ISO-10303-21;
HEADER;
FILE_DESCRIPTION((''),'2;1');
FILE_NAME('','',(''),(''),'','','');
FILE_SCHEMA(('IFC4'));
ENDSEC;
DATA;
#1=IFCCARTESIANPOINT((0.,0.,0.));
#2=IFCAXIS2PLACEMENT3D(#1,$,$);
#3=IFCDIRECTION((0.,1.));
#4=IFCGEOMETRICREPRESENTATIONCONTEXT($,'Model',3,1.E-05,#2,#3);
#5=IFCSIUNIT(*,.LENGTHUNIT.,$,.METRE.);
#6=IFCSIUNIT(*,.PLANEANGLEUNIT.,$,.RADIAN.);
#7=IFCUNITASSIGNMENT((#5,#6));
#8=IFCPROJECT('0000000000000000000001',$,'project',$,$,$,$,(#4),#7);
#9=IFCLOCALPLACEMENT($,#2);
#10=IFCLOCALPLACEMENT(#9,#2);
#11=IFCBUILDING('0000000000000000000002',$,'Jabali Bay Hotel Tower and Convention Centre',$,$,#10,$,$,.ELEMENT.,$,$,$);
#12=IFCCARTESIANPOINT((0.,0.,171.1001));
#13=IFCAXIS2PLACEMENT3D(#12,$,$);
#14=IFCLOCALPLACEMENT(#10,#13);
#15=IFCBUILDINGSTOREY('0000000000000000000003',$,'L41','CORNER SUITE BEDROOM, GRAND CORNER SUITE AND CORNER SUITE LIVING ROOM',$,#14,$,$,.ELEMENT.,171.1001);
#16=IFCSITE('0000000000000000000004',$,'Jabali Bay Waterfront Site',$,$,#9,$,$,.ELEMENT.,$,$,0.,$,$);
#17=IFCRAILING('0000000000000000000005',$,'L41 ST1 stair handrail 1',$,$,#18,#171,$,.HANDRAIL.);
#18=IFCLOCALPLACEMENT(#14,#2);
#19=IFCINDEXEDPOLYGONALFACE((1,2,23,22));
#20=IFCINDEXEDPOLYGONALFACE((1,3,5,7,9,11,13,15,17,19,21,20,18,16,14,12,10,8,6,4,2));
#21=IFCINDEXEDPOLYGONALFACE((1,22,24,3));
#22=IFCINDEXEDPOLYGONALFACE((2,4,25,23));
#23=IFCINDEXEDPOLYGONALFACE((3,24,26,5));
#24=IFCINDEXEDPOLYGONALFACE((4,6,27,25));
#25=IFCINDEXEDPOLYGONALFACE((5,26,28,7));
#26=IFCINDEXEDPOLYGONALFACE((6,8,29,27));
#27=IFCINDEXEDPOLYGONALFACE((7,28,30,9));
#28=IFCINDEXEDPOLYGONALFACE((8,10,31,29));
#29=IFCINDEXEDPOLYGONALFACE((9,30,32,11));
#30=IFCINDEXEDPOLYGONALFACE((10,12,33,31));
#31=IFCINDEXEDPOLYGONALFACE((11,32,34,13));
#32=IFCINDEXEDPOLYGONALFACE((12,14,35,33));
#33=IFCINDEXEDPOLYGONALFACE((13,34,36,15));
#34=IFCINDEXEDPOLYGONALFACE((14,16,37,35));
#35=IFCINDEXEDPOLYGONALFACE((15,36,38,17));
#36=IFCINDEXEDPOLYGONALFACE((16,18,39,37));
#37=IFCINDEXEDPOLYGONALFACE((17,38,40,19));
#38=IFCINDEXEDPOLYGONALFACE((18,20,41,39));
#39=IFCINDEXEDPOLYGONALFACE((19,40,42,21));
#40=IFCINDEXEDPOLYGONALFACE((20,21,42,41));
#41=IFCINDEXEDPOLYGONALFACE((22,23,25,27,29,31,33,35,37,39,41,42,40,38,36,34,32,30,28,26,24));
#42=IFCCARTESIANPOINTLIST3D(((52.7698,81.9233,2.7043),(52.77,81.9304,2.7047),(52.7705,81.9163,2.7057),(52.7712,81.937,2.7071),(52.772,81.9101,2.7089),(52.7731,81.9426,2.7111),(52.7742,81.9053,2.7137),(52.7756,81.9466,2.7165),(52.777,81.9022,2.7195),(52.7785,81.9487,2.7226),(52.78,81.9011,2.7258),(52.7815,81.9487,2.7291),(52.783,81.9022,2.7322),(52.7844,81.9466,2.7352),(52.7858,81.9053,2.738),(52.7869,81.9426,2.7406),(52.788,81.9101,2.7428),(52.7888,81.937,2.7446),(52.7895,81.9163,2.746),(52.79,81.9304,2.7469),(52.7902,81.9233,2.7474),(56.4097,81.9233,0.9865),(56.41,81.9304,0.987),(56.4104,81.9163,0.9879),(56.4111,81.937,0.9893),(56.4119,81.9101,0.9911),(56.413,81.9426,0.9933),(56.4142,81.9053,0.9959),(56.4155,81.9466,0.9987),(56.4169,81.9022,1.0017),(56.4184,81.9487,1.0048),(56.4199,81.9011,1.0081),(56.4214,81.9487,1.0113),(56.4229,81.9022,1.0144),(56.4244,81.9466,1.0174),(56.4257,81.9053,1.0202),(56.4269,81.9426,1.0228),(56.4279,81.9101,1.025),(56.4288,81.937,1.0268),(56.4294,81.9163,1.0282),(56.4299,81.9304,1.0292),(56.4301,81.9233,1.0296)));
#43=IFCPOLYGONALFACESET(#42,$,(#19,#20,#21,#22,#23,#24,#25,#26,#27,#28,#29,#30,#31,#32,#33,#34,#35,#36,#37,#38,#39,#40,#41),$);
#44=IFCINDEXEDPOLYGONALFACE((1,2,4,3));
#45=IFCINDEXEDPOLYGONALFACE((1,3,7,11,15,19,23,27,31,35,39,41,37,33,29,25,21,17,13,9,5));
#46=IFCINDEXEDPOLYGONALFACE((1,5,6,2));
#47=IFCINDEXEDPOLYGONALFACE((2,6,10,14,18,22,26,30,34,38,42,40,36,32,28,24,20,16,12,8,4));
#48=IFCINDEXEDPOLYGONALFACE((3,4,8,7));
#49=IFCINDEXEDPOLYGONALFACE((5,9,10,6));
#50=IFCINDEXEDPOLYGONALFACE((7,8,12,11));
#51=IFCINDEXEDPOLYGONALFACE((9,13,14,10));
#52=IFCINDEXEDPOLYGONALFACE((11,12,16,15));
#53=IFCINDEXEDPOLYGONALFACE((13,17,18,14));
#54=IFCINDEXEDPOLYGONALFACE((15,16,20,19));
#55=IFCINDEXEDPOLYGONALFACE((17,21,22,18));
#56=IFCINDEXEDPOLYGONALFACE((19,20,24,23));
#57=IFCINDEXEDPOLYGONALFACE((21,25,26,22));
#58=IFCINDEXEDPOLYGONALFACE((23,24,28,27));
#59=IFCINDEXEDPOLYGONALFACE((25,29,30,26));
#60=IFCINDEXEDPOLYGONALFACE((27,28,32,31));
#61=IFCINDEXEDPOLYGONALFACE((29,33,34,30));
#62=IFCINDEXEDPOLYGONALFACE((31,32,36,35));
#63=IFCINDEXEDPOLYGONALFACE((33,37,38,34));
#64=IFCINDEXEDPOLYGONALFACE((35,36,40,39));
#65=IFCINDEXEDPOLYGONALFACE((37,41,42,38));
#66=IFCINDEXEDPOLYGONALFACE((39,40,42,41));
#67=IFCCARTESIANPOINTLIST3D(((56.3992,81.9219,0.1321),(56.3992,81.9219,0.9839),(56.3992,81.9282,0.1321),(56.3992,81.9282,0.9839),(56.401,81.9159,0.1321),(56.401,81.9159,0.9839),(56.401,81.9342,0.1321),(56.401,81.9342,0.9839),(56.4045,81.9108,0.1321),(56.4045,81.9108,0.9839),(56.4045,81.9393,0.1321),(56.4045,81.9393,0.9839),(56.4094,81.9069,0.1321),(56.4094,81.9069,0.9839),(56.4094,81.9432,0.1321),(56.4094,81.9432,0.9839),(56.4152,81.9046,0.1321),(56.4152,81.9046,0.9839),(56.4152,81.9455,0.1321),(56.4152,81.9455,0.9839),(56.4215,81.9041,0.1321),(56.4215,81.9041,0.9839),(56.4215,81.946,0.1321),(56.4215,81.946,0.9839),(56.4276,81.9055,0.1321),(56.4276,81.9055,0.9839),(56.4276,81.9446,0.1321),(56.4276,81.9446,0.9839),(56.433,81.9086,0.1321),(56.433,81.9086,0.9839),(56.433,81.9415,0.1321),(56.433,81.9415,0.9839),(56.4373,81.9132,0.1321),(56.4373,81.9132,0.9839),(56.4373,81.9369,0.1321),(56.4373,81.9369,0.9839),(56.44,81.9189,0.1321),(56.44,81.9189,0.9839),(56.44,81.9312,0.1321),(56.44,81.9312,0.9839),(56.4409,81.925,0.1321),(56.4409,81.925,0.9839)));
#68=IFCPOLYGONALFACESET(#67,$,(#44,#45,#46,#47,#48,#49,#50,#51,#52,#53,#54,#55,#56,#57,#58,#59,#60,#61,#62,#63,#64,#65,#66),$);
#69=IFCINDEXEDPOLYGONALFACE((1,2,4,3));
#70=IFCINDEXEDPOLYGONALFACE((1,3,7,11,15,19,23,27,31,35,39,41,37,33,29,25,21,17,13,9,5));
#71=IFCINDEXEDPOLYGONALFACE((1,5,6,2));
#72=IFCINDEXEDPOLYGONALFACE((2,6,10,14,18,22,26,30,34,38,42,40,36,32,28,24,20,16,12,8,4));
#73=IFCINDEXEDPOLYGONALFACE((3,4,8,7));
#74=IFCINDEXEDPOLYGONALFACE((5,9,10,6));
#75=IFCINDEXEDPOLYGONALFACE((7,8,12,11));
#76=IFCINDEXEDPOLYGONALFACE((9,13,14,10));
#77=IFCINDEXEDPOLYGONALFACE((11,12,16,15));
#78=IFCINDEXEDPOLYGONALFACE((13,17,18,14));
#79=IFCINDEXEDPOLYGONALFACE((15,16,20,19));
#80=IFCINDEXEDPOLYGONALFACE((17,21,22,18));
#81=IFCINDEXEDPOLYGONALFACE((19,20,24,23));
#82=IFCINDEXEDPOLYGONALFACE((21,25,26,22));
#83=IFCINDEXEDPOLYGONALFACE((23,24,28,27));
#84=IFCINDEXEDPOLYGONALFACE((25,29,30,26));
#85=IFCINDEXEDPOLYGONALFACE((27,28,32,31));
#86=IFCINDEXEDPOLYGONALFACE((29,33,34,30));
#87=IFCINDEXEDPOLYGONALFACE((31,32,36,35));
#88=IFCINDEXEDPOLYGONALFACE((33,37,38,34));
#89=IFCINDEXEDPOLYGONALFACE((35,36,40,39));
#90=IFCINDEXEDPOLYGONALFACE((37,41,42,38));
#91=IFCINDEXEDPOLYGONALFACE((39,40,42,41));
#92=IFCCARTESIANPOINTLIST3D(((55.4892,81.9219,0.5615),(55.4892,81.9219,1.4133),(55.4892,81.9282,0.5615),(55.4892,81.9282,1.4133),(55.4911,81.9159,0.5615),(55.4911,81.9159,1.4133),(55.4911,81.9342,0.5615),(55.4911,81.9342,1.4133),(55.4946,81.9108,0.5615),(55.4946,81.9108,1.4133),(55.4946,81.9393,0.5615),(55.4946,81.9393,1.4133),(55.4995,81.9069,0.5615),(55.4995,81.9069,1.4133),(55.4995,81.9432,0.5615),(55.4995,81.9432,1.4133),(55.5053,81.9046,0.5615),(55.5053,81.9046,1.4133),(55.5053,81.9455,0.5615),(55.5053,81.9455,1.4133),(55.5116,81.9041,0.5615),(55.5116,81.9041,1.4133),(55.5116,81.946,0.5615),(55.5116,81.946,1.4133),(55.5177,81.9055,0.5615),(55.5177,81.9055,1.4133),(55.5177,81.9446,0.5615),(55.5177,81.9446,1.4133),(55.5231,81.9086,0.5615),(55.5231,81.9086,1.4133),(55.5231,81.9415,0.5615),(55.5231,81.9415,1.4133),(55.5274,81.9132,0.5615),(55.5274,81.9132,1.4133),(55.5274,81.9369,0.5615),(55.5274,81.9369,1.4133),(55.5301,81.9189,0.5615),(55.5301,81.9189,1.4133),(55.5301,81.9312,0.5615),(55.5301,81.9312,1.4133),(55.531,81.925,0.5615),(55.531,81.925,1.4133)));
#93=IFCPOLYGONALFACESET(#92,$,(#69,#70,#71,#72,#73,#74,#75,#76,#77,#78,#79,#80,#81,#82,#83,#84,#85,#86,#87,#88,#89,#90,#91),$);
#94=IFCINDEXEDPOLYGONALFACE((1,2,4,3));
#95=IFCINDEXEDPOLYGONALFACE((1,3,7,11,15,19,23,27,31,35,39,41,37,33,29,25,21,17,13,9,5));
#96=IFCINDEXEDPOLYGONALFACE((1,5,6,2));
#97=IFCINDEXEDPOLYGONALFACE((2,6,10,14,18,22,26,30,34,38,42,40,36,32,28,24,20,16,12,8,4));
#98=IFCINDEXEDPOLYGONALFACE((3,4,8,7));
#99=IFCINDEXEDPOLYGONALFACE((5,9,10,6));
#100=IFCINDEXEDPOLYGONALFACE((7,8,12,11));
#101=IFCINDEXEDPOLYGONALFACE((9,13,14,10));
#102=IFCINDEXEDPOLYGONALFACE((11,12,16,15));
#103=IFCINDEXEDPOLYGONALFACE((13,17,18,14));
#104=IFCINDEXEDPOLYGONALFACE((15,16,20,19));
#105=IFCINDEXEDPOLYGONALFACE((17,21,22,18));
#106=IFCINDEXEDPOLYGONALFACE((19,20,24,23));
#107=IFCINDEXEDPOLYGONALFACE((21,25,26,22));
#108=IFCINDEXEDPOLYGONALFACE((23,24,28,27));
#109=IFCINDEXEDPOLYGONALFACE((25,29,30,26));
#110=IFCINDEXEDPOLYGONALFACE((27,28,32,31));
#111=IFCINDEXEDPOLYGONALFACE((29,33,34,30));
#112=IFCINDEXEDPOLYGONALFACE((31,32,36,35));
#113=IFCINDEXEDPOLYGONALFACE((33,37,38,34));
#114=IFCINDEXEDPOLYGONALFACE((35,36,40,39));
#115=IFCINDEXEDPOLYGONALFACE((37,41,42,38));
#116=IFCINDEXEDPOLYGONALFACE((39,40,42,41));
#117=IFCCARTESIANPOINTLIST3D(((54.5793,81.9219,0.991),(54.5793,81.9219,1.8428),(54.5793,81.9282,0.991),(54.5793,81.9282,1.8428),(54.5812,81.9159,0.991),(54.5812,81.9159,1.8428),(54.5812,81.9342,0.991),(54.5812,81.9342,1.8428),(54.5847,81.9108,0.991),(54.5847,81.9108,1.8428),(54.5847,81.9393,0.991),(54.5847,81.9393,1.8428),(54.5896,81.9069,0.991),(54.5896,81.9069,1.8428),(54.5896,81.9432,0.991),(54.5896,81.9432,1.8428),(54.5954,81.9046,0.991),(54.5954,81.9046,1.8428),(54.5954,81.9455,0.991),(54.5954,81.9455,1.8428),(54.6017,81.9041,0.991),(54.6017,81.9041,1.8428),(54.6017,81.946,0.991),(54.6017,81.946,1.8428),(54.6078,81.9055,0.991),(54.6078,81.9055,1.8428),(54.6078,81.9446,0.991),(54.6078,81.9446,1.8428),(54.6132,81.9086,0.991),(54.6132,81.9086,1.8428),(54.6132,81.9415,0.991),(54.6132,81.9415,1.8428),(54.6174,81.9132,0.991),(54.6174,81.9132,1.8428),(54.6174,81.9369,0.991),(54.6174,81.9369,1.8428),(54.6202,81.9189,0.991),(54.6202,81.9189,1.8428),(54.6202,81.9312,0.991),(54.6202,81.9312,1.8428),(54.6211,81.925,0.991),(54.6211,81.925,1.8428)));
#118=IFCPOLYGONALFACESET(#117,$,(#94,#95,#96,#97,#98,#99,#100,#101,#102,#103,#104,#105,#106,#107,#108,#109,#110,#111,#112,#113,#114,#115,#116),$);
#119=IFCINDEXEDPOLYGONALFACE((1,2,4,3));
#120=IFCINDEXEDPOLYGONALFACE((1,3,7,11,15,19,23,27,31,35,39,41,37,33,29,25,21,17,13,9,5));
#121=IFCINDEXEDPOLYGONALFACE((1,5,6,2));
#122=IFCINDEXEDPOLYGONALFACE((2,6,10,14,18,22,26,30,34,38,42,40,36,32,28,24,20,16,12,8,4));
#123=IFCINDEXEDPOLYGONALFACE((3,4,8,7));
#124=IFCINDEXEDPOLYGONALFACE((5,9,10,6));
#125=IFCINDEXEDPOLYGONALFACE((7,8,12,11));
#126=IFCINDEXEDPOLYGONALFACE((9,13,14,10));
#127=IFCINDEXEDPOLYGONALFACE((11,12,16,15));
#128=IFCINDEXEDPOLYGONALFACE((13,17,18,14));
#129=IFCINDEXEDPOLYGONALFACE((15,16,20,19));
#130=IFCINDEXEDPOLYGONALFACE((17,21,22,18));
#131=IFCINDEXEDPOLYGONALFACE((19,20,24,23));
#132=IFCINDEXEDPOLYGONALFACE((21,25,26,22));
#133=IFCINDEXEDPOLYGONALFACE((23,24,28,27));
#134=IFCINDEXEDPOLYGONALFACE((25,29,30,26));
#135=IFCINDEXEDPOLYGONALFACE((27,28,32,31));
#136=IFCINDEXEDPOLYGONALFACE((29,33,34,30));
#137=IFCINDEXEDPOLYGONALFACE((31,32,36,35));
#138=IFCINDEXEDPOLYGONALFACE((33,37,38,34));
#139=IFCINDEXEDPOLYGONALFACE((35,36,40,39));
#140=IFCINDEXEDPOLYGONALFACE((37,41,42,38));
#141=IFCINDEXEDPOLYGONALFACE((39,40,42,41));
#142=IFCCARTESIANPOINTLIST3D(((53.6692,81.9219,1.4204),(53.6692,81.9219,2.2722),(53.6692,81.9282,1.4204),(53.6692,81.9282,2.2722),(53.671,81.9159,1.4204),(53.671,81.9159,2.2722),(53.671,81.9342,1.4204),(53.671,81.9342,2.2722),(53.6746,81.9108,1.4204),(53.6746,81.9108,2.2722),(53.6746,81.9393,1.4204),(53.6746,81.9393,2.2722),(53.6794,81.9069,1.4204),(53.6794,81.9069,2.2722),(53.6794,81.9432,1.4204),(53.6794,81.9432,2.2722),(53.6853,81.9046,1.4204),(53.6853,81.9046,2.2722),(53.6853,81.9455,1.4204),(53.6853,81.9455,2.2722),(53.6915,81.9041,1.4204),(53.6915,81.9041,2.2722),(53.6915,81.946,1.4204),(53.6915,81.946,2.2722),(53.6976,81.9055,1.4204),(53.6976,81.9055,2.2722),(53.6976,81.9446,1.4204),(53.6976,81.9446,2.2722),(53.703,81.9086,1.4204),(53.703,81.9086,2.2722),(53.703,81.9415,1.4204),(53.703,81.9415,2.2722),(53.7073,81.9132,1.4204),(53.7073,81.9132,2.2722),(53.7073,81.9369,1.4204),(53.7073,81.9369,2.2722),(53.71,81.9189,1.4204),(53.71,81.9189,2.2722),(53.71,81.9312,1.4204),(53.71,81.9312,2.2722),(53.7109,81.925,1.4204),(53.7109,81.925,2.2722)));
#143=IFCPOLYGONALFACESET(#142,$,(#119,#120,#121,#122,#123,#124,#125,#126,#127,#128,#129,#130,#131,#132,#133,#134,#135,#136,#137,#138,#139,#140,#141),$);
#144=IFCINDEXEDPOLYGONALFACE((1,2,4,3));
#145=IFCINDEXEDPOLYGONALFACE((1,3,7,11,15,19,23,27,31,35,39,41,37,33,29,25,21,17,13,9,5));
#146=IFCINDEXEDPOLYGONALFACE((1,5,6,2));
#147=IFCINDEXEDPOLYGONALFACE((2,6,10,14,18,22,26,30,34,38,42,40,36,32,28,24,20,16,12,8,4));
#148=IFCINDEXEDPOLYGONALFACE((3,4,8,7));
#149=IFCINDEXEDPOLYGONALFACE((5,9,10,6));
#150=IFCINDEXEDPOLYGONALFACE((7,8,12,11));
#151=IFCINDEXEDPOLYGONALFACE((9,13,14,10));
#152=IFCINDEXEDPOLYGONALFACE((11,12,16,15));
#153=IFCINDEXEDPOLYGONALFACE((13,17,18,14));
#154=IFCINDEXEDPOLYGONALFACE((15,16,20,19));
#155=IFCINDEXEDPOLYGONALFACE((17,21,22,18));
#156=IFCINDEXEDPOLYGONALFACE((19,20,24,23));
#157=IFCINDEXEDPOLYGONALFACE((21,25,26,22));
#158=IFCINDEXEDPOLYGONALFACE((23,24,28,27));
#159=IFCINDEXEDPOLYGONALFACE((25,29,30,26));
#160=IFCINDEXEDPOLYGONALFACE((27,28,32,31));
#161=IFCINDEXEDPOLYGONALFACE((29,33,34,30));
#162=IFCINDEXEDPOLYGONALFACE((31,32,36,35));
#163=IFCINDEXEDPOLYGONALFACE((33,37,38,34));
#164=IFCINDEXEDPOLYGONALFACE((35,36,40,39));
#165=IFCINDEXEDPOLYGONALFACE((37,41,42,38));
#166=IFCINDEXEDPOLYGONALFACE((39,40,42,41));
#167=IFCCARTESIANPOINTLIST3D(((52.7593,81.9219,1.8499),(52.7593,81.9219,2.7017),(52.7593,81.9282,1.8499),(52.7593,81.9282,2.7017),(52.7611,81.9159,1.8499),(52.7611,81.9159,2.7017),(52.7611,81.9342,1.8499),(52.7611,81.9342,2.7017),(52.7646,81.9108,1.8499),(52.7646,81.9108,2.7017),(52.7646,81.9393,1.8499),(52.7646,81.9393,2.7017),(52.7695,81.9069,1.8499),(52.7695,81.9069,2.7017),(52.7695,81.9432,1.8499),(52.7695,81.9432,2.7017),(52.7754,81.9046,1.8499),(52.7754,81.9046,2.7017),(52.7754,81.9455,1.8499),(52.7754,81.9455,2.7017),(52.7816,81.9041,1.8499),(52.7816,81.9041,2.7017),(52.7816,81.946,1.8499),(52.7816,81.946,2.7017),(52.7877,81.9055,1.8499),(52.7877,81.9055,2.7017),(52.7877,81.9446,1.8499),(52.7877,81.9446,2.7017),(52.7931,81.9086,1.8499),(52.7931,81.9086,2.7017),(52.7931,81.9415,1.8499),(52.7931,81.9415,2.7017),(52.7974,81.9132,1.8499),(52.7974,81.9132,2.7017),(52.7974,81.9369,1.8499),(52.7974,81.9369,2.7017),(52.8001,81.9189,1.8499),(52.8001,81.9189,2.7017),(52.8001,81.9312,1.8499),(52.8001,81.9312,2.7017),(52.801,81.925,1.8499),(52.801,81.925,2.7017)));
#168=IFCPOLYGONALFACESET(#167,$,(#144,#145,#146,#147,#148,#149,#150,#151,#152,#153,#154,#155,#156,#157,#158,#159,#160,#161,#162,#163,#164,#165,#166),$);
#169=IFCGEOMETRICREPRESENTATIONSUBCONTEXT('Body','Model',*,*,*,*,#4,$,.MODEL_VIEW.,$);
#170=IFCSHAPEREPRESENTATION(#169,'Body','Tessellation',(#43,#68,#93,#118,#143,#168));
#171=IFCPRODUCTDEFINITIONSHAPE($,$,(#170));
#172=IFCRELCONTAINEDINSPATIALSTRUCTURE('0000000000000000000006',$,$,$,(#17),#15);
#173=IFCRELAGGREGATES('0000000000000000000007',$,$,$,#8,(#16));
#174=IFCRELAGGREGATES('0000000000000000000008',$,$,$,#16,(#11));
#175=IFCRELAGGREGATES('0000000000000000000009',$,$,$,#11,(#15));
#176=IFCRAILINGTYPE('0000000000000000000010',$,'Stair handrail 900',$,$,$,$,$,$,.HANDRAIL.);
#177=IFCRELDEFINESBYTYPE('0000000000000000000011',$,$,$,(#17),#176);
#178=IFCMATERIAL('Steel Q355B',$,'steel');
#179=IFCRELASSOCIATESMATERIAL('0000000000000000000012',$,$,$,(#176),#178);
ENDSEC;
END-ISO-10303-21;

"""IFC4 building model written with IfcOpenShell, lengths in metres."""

from ifc_helpers import new_model, si_unit, direction, frame, origin, origin_2d, place, context, subcontext, project, spatial, circle, extrude, material, type_object, element, save


model = new_model("IFC4")

# Units and contexts
model_context = context("Model", 3, precision=1e-05, world=origin(), true_north=direction((0.0, 1.0)))
body_context = subcontext(model_context, "Body", "Model", "MODEL_VIEW")
ifc_project = project(units=[si_unit("LENGTHUNIT", "METRE"), si_unit("PLANEANGLEUNIT", "RADIAN")], contexts=[model_context])

# Site, building, storey
site_placement = place(None, origin())
site = spatial("IfcSite", under=ifc_project, at=site_placement, Name="Jabali Bay Waterfront Site", CompositionType="ELEMENT", RefElevation=0.0)
building_placement = place(site_placement, origin())
building = spatial("IfcBuilding", under=site, at=building_placement, Name="Jabali Bay Hotel Tower and Convention Centre", CompositionType="ELEMENT")
storey_placement = place(building_placement, frame((0.0, 0.0, 171.1001)))
storey = spatial("IfcBuildingStorey", under=building, at=storey_placement, Name="L41", Description="CORNER SUITE BEDROOM, GRAND CORNER SUITE AND CORNER SUITE LIVING ROOM", CompositionType="ELEMENT", Elevation=171.1001)

# Railing
ifc_material_1 = material(Name="Steel Q355B", Category="steel")
railing_type_1 = type_object("IfcRailingType", Name="Stair handrail 900", PredefinedType="HANDRAIL", material=ifc_material_1)
railing_1_placement = place(storey_placement, frame((56.4199, 81.925, 0.1321)))
element("IfcRailing", 1, at=railing_1_placement, inside=storey, type_object=railing_type_1, Name="L41 ST1 stair handrail 1", PredefinedType="HANDRAIL", context=body_context, shape_type="SweptSolid", body=[
    extrude(circle(Radius=0.0239, at=origin_2d()), frame((0.0, 0.0, 0.876), z_axis=(-0.904351, 0.0, 0.42679), x_axis=(0.0, -1.0, 0.0)), (0.0, 0.0, 1.0), 4.0249),
    extrude(circle(Radius=0.021, at=origin_2d()), origin(), (0.0, 0.0, 1.0), 0.8518),
    extrude(circle(Radius=0.021, at=origin_2d()), frame((-0.9099, 0.0, 0.4294)), (0.0, 0.0, 1.0), 0.8518),
    extrude(circle(Radius=0.021, at=origin_2d()), frame((-1.8198, 0.0, 0.8589)), (0.0, 0.0, 1.0), 0.8518),
    extrude(circle(Radius=0.021, at=origin_2d()), frame((-2.73, 0.0, 1.2883)), (0.0, 0.0, 1.0), 0.8518),
    extrude(circle(Radius=0.021, at=origin_2d()), frame((-3.6399, 0.0, 1.7178)), (0.0, 0.0, 1.0), 0.8518),
])

save(model, "model.ifc")
